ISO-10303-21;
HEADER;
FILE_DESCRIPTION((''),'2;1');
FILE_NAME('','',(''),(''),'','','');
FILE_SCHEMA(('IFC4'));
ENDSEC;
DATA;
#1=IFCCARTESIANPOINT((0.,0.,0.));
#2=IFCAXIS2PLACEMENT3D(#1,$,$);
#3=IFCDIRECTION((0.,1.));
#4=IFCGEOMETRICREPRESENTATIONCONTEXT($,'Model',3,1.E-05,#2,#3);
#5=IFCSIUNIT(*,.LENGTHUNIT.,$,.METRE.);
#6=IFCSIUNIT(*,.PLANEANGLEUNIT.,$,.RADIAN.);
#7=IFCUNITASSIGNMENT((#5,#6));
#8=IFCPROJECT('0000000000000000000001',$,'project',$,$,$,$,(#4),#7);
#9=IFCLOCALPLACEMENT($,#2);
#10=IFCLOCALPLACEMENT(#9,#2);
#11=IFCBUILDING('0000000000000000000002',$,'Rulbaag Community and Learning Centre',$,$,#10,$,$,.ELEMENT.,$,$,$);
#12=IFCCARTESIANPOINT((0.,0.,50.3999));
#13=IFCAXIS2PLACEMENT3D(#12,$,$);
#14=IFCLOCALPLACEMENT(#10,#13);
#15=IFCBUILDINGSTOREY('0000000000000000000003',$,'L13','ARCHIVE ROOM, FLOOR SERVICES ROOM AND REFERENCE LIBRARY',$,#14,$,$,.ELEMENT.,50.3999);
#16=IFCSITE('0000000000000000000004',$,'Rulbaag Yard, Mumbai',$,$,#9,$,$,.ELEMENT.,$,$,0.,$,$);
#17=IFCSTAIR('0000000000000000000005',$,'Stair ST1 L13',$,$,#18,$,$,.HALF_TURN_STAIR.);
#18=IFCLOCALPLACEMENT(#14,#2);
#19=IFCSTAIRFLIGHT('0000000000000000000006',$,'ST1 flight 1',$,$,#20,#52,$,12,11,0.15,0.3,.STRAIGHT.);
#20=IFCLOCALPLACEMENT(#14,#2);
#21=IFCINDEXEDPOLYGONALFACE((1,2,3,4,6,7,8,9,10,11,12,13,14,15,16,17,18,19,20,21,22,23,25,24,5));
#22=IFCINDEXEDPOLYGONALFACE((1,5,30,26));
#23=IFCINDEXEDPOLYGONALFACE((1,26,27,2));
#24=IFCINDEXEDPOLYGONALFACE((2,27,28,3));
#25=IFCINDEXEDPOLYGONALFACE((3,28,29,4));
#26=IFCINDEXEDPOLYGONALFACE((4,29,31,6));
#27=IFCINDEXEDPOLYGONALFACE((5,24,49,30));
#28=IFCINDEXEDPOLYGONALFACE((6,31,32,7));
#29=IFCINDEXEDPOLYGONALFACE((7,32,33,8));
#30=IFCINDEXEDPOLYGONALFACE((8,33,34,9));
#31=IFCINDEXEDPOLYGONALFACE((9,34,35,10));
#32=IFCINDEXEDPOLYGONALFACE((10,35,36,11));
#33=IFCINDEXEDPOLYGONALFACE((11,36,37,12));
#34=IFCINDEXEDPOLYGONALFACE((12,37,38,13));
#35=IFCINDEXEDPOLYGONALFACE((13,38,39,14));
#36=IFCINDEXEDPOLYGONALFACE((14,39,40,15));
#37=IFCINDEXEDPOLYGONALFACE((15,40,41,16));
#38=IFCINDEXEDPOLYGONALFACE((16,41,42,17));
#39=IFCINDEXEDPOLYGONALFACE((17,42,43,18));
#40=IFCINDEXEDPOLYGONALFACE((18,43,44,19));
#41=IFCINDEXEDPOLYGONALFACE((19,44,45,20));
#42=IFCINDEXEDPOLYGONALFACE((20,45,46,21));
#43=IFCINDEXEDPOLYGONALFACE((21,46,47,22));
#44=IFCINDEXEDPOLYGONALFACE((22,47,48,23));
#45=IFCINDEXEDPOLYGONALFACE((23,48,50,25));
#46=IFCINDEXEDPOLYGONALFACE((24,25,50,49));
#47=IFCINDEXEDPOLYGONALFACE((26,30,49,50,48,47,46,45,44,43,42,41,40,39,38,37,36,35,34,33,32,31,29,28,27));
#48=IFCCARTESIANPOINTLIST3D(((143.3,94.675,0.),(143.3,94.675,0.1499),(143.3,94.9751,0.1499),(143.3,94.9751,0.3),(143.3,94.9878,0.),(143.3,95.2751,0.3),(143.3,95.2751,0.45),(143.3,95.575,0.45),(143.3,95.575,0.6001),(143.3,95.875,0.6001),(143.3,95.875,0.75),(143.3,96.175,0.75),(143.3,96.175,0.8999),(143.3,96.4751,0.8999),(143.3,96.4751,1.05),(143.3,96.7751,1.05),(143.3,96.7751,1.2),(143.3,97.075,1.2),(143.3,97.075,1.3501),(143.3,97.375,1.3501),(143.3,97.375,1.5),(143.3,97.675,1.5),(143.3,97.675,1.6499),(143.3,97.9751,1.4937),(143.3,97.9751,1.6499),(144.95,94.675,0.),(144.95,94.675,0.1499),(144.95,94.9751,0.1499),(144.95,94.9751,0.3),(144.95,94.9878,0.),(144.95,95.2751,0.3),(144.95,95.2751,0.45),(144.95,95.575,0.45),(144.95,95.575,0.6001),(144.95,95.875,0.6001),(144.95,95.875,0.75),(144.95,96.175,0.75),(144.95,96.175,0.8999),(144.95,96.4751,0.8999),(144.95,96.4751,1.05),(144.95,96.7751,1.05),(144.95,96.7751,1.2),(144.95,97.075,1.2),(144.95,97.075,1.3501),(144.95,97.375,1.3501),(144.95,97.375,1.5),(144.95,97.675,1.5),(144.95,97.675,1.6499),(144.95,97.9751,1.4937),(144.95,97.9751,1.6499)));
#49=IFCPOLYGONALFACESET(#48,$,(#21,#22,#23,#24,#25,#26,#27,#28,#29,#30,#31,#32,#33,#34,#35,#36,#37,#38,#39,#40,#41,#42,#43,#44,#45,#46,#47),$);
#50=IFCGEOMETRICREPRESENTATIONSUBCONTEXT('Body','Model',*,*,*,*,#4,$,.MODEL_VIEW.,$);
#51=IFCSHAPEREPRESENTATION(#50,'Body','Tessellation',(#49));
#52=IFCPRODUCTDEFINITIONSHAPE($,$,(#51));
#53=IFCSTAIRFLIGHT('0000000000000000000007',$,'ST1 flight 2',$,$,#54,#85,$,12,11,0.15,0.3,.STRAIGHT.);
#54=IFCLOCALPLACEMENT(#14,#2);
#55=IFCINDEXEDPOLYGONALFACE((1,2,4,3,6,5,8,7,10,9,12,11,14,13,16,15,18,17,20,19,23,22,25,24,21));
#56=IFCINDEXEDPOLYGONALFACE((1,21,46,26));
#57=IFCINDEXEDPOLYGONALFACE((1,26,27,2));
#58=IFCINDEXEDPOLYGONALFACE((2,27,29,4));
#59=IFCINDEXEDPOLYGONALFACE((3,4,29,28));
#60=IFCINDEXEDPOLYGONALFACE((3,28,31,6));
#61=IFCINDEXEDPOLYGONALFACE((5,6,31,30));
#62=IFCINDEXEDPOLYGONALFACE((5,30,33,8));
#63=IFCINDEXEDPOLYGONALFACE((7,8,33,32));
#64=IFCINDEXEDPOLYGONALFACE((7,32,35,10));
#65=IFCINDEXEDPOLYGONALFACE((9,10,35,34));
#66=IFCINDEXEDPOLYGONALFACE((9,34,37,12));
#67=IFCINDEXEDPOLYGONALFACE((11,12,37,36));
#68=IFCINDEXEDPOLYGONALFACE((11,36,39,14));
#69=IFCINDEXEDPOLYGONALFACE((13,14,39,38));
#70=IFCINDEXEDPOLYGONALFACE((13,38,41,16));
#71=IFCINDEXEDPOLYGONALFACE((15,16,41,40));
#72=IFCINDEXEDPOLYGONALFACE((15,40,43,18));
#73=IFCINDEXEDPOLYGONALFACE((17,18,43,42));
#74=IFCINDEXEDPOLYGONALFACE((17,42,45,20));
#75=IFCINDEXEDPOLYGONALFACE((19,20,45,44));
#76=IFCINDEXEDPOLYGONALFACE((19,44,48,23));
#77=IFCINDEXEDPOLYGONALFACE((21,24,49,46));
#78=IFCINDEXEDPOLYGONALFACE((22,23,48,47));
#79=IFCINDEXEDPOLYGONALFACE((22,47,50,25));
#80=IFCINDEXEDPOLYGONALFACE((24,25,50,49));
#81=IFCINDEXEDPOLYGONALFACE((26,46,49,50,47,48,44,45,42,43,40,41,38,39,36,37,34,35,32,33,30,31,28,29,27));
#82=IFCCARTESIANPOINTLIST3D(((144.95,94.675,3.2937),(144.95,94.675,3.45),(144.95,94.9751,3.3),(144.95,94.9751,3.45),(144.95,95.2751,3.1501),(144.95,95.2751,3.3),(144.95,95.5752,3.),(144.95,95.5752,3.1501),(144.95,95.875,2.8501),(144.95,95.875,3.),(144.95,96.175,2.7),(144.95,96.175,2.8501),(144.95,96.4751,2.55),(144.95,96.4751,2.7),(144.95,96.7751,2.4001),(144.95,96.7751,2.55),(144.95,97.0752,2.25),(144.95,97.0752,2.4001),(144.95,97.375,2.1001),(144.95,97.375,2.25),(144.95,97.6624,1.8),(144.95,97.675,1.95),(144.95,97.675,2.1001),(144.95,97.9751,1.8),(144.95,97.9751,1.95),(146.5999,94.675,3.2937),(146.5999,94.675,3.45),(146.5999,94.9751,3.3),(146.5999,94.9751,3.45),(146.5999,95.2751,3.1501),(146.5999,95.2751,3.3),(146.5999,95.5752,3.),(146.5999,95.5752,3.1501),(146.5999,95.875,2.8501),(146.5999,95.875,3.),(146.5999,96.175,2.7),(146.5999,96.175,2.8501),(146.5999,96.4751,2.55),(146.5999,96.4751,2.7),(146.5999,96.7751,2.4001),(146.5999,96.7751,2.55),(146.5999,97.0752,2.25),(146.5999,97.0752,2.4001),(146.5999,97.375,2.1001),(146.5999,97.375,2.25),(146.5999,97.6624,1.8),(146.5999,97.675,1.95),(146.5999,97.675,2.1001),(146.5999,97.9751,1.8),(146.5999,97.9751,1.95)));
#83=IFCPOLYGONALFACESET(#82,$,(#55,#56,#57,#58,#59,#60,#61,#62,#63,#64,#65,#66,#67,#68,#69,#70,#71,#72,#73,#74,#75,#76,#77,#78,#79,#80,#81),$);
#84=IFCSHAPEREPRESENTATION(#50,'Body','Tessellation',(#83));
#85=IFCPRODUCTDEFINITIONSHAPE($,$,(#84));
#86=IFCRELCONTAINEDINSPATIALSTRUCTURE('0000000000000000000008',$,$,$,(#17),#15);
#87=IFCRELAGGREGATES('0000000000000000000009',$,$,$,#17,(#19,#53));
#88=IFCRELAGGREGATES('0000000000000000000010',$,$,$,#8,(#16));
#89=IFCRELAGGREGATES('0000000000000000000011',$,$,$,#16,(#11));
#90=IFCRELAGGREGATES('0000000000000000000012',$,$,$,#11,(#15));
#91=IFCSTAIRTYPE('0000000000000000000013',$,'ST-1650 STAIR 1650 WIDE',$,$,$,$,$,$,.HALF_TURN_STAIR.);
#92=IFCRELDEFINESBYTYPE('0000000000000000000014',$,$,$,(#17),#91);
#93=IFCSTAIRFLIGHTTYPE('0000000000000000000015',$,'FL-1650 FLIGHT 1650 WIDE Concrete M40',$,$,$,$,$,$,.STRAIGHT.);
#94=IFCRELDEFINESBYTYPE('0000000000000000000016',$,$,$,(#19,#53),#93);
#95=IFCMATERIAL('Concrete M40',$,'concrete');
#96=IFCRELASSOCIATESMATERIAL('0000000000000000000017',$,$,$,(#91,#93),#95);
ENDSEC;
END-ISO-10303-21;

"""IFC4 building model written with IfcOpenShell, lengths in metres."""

from ifc_helpers import new_model, si_unit, direction, frame, origin, place, context, subcontext, project, spatial, polyline, outline, extrude, material, type_object, element, aggregate, save


model = new_model("IFC4")

# Units and contexts
model_context = context("Model", 3, precision=1e-05, world=origin(), true_north=direction((0.0, 1.0)))
body_context = subcontext(model_context, "Body", "Model", "MODEL_VIEW")
ifc_project = project(units=[si_unit("LENGTHUNIT", "METRE"), si_unit("PLANEANGLEUNIT", "RADIAN")], contexts=[model_context])

# Site, building, storey
site_placement = place(None, origin())
site = spatial("IfcSite", under=ifc_project, at=site_placement, Name="Rulbaag Yard, Mumbai", CompositionType="ELEMENT", RefElevation=0.0)
building_placement = place(site_placement, origin())
building = spatial("IfcBuilding", under=site, at=building_placement, Name="Rulbaag Community and Learning Centre", CompositionType="ELEMENT")
storey_placement = place(building_placement, frame((0.0, 0.0, 50.3999)))
storey = spatial("IfcBuildingStorey", under=building, at=storey_placement, Name="L13", Description="ARCHIVE ROOM, FLOOR SERVICES ROOM AND REFERENCE LIBRARY", CompositionType="ELEMENT", Elevation=50.3999)

# Shared definitions
ifc_material_1 = material(Name="Concrete M40", Category="concrete")

# Stair, stair flights
stair_type = type_object("IfcStairType", Name="ST-1650 STAIR 1650 WIDE", PredefinedType="HALF_TURN_STAIR", material=ifc_material_1)
stair_placement = place(storey_placement, origin())
stair = element("IfcStair", 1, at=stair_placement, inside=storey, type_object=stair_type, Name="Stair ST1 L13", PredefinedType="HALF_TURN_STAIR")
stair_flight_type = type_object("IfcStairFlightType", Name="FL-1650 FLIGHT 1650 WIDE Concrete M40", PredefinedType="STRAIGHT", material=ifc_material_1)
stair_flight_1_placement = place(storey_placement, frame((144.125, 94.675, 0.0), z_axis=(0.0, 0.0, 1.0), x_axis=(0.0, 1.0, 0.0)))
stair_flight_1 = element("IfcStairFlight", 2, at=stair_flight_1_placement, type_object=stair_flight_type, Name="ST1 flight 1", NumberOfRisers=12, NumberOfTreads=11, PredefinedType="STRAIGHT", RiserHeight=0.15, TreadLength=0.3, context=body_context, shape_type="SweptSolid", body=[
    extrude(outline(polyline([(0.0, 0.0), (0.0, 0.1499), (0.3, 0.1499), (0.3, 0.3), (0.6001, 0.3), (0.6001, 0.45), (0.8999, 0.45), (0.8999, 0.6001), (1.2, 0.6001), (1.2, 0.75), (1.5, 0.75), (1.5, 0.8999), (1.8, 0.8999), (1.8, 1.05), (2.1001, 1.05), (2.1001, 1.2), (2.3999, 1.2), (2.3999, 1.3501), (2.7, 1.3501), (2.7, 1.5), (3.0, 1.5), (3.0, 1.6499), (3.3, 1.6499), (3.3, 1.4937), (0.3127, 0.0), (0.0, 0.0)])), frame((0.0, 0.825, 0.0), z_axis=(0.0, -1.0, 0.0), x_axis=(1.0, 0.0, 0.0)), (0.0, 0.0, 1.0), 1.6499),
])
stair_flight_2_placement = place(storey_placement, frame((145.7749, 97.9751, 1.8), z_axis=(0.0, 0.0, 1.0), x_axis=(0.0, -1.0, 0.0)))
stair_flight_2 = element("IfcStairFlight", 3, at=stair_flight_2_placement, type_object=stair_flight_type, Name="ST1 flight 2", NumberOfRisers=12, NumberOfTreads=11, PredefinedType="STRAIGHT", RiserHeight=0.15, TreadLength=0.3, context=body_context, shape_type="SweptSolid", body=[
    extrude(outline(polyline([(0.0, 0.0), (0.0, 0.1499), (0.3, 0.1499), (0.3, 0.3), (0.6001, 0.3), (0.6001, 0.45), (0.8999, 0.45), (0.8999, 0.6001), (1.2, 0.6001), (1.2, 0.75), (1.5, 0.75), (1.5, 0.8999), (1.8, 0.8999), (1.8, 1.05), (2.1001, 1.05), (2.1001, 1.2), (2.3999, 1.2), (2.3999, 1.3501), (2.7, 1.3501), (2.7, 1.5), (3.0, 1.5), (3.0, 1.6499), (3.3, 1.6499), (3.3, 1.4937), (0.3127, 0.0), (0.0, 0.0)])), frame((0.0, 0.825, 0.0), z_axis=(0.0, -1.0, 0.0), x_axis=(1.0, 0.0, 0.0)), (0.0, 0.0, 1.0), 1.6499),
])
aggregate(stair, [stair_flight_1, stair_flight_2])

save(model, "model.ifc")
